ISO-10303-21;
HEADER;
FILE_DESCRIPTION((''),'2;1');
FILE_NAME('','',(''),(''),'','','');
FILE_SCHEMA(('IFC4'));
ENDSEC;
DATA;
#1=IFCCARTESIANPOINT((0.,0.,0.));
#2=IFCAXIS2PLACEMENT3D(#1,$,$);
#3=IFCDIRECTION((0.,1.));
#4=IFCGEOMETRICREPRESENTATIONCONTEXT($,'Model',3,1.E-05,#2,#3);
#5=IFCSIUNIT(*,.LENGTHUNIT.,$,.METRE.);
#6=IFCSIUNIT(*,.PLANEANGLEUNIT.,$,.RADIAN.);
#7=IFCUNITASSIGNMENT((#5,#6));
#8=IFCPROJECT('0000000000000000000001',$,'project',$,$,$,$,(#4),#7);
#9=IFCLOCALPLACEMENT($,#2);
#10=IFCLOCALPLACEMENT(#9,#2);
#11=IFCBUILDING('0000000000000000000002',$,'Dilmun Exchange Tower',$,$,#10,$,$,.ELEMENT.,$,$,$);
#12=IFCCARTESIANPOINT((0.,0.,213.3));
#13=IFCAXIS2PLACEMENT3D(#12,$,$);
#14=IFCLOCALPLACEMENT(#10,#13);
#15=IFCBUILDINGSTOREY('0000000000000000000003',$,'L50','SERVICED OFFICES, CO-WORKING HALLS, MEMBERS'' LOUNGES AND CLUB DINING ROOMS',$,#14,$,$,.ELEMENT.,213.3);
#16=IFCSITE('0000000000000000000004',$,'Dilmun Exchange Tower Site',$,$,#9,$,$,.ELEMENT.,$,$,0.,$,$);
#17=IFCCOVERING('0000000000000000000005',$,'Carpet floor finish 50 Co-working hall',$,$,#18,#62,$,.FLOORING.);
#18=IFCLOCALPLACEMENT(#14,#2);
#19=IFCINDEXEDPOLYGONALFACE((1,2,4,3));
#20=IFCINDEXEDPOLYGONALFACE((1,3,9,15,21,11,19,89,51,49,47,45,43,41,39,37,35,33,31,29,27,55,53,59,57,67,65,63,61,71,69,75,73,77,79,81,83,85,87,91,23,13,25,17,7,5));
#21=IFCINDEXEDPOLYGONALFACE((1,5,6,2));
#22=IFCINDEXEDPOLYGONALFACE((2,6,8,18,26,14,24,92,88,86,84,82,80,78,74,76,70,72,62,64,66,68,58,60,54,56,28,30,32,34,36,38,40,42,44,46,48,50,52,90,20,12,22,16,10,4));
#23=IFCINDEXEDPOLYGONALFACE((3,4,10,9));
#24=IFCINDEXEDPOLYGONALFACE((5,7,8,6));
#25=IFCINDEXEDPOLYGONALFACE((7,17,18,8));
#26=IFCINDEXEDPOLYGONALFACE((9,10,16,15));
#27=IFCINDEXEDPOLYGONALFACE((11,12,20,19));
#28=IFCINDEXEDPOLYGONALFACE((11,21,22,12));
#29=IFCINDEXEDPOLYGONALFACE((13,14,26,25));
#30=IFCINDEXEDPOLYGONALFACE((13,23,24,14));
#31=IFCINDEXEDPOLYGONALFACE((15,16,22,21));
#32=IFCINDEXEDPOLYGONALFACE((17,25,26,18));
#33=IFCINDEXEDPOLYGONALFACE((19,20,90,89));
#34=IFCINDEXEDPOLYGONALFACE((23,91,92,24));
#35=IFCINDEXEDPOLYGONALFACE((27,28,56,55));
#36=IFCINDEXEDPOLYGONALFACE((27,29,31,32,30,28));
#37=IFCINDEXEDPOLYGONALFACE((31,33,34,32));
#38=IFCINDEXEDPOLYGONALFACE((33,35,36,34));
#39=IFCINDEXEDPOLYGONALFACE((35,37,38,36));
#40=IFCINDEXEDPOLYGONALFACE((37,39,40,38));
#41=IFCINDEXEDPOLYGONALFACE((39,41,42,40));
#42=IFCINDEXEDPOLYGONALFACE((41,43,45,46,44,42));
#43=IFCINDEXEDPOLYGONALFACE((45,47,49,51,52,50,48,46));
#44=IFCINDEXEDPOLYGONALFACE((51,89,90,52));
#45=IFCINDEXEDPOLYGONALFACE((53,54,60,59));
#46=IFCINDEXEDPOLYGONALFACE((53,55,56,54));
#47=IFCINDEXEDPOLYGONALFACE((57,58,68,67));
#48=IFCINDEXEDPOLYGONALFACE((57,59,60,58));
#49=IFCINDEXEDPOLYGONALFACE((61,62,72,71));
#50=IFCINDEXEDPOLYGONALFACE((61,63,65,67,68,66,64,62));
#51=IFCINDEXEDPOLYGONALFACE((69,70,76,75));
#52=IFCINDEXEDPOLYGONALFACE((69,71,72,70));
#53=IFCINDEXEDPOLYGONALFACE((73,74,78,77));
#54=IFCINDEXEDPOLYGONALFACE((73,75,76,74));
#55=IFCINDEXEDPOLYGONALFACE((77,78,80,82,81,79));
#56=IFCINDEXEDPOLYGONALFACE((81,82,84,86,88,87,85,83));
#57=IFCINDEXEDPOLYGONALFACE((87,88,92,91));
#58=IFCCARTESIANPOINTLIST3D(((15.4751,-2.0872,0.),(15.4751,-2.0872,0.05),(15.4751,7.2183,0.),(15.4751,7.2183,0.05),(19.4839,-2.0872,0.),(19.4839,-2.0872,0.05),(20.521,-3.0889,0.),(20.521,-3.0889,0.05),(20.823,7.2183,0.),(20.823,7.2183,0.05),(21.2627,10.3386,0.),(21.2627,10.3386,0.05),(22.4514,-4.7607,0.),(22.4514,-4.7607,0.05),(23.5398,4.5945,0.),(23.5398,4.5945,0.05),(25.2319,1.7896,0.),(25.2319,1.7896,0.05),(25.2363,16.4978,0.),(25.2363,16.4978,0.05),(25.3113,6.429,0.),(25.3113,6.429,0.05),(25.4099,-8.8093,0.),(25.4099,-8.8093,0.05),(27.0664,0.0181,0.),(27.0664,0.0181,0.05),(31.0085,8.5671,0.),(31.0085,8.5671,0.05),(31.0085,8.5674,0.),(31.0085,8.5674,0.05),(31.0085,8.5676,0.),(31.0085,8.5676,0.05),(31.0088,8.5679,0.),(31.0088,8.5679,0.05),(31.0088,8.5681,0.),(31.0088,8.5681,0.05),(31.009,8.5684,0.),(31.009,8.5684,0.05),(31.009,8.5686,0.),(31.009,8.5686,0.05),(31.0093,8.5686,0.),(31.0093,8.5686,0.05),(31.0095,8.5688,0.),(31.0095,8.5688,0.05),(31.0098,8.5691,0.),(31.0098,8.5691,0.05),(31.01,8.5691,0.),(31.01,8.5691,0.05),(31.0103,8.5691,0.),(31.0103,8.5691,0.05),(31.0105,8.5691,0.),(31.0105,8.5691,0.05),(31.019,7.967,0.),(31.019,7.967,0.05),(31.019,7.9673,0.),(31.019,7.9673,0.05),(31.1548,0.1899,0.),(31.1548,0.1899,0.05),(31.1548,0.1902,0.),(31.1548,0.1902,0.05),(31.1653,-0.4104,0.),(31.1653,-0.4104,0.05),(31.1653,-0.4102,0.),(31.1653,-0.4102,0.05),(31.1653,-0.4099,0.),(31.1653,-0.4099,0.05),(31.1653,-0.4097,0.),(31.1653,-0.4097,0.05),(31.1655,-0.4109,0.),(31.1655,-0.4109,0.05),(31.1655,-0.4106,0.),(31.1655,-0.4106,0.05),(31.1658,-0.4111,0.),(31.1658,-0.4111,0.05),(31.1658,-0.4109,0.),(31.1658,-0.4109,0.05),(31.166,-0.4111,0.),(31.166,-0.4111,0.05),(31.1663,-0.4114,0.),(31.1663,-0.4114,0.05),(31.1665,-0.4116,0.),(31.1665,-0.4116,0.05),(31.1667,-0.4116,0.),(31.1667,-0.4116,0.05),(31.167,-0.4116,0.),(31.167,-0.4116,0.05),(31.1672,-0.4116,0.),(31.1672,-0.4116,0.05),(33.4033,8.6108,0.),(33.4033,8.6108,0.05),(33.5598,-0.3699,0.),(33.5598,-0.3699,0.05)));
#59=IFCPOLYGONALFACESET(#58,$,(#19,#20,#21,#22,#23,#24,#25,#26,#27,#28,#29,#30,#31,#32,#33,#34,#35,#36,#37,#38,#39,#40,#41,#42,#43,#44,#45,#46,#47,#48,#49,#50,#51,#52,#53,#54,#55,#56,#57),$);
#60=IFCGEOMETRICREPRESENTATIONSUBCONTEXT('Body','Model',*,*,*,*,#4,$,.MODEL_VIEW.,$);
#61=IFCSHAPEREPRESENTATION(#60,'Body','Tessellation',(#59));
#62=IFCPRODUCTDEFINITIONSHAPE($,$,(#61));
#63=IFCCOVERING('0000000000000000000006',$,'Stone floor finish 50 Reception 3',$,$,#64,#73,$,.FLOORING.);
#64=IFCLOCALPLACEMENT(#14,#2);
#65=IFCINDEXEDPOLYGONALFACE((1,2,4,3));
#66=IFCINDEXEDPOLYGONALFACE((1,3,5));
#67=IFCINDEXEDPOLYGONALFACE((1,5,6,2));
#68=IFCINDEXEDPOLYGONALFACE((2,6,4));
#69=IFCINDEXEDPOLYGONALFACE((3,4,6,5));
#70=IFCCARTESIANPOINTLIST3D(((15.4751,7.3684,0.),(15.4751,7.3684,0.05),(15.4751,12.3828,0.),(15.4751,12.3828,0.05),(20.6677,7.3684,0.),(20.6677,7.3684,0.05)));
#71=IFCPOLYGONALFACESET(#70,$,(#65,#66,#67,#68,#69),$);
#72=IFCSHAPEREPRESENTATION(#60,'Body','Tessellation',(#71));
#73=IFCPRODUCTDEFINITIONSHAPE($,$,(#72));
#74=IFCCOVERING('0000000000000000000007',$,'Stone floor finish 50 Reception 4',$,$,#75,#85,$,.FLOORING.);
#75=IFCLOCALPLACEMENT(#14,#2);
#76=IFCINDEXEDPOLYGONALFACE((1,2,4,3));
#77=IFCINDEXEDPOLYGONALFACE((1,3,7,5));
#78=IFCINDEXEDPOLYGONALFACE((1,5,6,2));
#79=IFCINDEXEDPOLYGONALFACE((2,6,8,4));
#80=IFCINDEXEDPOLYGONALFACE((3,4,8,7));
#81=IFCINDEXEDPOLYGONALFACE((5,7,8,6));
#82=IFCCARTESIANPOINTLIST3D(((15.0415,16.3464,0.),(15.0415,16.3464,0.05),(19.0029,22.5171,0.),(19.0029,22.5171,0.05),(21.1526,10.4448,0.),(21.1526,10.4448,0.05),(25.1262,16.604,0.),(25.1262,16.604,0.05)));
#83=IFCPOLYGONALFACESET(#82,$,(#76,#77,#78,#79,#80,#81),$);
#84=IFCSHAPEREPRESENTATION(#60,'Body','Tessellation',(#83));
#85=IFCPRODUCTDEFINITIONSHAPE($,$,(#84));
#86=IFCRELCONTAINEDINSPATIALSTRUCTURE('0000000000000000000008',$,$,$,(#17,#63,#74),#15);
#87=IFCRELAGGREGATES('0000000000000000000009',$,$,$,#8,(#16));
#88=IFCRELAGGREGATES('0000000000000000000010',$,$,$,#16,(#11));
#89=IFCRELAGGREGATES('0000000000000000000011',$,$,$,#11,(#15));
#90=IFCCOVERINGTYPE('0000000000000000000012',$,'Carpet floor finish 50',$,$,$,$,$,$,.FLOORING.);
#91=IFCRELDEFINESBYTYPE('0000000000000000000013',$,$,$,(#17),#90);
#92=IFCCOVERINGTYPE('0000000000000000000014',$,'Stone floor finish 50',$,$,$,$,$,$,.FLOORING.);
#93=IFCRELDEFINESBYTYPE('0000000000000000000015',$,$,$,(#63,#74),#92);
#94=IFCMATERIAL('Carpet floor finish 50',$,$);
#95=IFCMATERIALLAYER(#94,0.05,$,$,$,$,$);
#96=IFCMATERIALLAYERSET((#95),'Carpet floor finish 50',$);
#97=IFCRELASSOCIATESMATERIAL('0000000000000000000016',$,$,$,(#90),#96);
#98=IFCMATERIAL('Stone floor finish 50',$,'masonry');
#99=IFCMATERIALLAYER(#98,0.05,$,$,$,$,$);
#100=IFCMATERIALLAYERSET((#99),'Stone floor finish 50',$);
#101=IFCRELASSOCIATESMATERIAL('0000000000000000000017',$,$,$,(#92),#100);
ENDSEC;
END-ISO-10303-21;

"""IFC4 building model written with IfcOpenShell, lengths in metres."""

from ifc_helpers import new_model, si_unit, direction, frame, origin, place, context, subcontext, project, spatial, polyline, outline, extrude, material, layer, layer_set, type_object, element, save


model = new_model("IFC4")

# Units and contexts
model_context = context("Model", 3, precision=1e-05, world=origin(), true_north=direction((0.0, 1.0)))
body_context = subcontext(model_context, "Body", "Model", "MODEL_VIEW")
ifc_project = project(units=[si_unit("LENGTHUNIT", "METRE"), si_unit("PLANEANGLEUNIT", "RADIAN")], contexts=[model_context])

# Site, building, storey
site_placement = place(None, origin())
site = spatial("IfcSite", under=ifc_project, at=site_placement, Name="Dilmun Exchange Tower Site", CompositionType="ELEMENT", RefElevation=0.0)
building_placement = place(site_placement, origin())
building = spatial("IfcBuilding", under=site, at=building_placement, Name="Dilmun Exchange Tower", CompositionType="ELEMENT")
storey_placement = place(building_placement, frame((0.0, 0.0, 213.3)))
storey = spatial("IfcBuildingStorey", under=building, at=storey_placement, Name="L50", Description="SERVICED OFFICES, CO-WORKING HALLS, MEMBERS' LOUNGES AND CLUB DINING ROOMS", CompositionType="ELEMENT", Elevation=213.3)

# Coverings
ifc_material_1 = material(Name="Carpet floor finish 50")
ifc_layer_1 = layer(ifc_material_1, 0.05)
ifc_layer_set_1 = layer_set([ifc_layer_1], Name="Carpet floor finish 50")
covering_type_1 = type_object("IfcCoveringType", Name="Carpet floor finish 50", PredefinedType="FLOORING", material=ifc_layer_set_1)
covering_1_placement = place(storey_placement, origin())
element("IfcCovering", 1, at=covering_1_placement, inside=storey, type_object=covering_type_1, Name="Carpet floor finish 50 Co-working hall", PredefinedType="FLOORING", context=body_context, shape_type="SweptSolid", body=[
    extrude(outline(polyline([(23.5398, 4.5945), (25.3113, 6.429), (21.2627, 10.3386), (25.2363, 16.4978), (33.4033, 8.6108), (31.0105, 8.5691), (31.0103, 8.5691), (31.01, 8.5691), (31.01, 8.5691), (31.0098, 8.5691), (31.0095, 8.5688), (31.0095, 8.5688), (31.0093, 8.5686), (31.009, 8.5686), (31.009, 8.5684), (31.0088, 8.5681), (31.0088, 8.5681), (31.0088, 8.5679), (31.0085, 8.5676), (31.0085, 8.5674), (31.0085, 8.5674), (31.0085, 8.5671), (31.019, 7.9673), (31.019, 7.967), (31.019, 7.967), (31.1548, 0.1902), (31.1548, 0.1899), (31.1548, 0.1899), (31.1653, -0.4097), (31.1653, -0.4099), (31.1653, -0.4102), (31.1653, -0.4104), (31.1653, -0.4104), (31.1655, -0.4106), (31.1655, -0.4109), (31.1658, -0.4109), (31.1658, -0.4111), (31.166, -0.4111), (31.1663, -0.4114), (31.1663, -0.4114), (31.1665, -0.4116), (31.1667, -0.4116), (31.167, -0.4116), (31.167, -0.4116), (31.1672, -0.4116), (33.5598, -0.3699), (25.4099, -8.8093), (22.4514, -4.7607), (27.0664, 0.0181), (25.2319, 1.7896), (20.521, -3.0889), (19.4839, -2.0872), (15.4751, -2.0872), (15.4751, 7.2183), (20.823, 7.2183), (23.5398, 4.5945)])), origin(), (0.0, 0.0, 1.0), 0.05),
])
ifc_material_2 = material(Name="Stone floor finish 50", Category="masonry")
ifc_layer_2 = layer(ifc_material_2, 0.05)
ifc_layer_set_2 = layer_set([ifc_layer_2], Name="Stone floor finish 50")
covering_type_2 = type_object("IfcCoveringType", Name="Stone floor finish 50", PredefinedType="FLOORING", material=ifc_layer_set_2)
covering_2_placement = place(storey_placement, origin())
element("IfcCovering", 2, at=covering_2_placement, inside=storey, type_object=covering_type_2, Name="Stone floor finish 50 Reception 3", PredefinedType="FLOORING", context=body_context, shape_type="SweptSolid", body=[
    extrude(outline(polyline([(20.6677, 7.3684), (15.4751, 7.3684), (15.4751, 12.3828), (20.6677, 7.3684)])), origin(), (0.0, 0.0, 1.0), 0.05),
])
covering_3_placement = place(storey_placement, origin())
element("IfcCovering", 3, at=covering_3_placement, inside=storey, type_object=covering_type_2, Name="Stone floor finish 50 Reception 4", PredefinedType="FLOORING", context=body_context, shape_type="SweptSolid", body=[
    extrude(outline(polyline([(21.1526, 10.4448), (15.0415, 16.3464), (19.0029, 22.5171), (25.1262, 16.604), (21.1526, 10.4448)])), origin(), (0.0, 0.0, 1.0), 0.05),
])

save(model, "model.ifc")
